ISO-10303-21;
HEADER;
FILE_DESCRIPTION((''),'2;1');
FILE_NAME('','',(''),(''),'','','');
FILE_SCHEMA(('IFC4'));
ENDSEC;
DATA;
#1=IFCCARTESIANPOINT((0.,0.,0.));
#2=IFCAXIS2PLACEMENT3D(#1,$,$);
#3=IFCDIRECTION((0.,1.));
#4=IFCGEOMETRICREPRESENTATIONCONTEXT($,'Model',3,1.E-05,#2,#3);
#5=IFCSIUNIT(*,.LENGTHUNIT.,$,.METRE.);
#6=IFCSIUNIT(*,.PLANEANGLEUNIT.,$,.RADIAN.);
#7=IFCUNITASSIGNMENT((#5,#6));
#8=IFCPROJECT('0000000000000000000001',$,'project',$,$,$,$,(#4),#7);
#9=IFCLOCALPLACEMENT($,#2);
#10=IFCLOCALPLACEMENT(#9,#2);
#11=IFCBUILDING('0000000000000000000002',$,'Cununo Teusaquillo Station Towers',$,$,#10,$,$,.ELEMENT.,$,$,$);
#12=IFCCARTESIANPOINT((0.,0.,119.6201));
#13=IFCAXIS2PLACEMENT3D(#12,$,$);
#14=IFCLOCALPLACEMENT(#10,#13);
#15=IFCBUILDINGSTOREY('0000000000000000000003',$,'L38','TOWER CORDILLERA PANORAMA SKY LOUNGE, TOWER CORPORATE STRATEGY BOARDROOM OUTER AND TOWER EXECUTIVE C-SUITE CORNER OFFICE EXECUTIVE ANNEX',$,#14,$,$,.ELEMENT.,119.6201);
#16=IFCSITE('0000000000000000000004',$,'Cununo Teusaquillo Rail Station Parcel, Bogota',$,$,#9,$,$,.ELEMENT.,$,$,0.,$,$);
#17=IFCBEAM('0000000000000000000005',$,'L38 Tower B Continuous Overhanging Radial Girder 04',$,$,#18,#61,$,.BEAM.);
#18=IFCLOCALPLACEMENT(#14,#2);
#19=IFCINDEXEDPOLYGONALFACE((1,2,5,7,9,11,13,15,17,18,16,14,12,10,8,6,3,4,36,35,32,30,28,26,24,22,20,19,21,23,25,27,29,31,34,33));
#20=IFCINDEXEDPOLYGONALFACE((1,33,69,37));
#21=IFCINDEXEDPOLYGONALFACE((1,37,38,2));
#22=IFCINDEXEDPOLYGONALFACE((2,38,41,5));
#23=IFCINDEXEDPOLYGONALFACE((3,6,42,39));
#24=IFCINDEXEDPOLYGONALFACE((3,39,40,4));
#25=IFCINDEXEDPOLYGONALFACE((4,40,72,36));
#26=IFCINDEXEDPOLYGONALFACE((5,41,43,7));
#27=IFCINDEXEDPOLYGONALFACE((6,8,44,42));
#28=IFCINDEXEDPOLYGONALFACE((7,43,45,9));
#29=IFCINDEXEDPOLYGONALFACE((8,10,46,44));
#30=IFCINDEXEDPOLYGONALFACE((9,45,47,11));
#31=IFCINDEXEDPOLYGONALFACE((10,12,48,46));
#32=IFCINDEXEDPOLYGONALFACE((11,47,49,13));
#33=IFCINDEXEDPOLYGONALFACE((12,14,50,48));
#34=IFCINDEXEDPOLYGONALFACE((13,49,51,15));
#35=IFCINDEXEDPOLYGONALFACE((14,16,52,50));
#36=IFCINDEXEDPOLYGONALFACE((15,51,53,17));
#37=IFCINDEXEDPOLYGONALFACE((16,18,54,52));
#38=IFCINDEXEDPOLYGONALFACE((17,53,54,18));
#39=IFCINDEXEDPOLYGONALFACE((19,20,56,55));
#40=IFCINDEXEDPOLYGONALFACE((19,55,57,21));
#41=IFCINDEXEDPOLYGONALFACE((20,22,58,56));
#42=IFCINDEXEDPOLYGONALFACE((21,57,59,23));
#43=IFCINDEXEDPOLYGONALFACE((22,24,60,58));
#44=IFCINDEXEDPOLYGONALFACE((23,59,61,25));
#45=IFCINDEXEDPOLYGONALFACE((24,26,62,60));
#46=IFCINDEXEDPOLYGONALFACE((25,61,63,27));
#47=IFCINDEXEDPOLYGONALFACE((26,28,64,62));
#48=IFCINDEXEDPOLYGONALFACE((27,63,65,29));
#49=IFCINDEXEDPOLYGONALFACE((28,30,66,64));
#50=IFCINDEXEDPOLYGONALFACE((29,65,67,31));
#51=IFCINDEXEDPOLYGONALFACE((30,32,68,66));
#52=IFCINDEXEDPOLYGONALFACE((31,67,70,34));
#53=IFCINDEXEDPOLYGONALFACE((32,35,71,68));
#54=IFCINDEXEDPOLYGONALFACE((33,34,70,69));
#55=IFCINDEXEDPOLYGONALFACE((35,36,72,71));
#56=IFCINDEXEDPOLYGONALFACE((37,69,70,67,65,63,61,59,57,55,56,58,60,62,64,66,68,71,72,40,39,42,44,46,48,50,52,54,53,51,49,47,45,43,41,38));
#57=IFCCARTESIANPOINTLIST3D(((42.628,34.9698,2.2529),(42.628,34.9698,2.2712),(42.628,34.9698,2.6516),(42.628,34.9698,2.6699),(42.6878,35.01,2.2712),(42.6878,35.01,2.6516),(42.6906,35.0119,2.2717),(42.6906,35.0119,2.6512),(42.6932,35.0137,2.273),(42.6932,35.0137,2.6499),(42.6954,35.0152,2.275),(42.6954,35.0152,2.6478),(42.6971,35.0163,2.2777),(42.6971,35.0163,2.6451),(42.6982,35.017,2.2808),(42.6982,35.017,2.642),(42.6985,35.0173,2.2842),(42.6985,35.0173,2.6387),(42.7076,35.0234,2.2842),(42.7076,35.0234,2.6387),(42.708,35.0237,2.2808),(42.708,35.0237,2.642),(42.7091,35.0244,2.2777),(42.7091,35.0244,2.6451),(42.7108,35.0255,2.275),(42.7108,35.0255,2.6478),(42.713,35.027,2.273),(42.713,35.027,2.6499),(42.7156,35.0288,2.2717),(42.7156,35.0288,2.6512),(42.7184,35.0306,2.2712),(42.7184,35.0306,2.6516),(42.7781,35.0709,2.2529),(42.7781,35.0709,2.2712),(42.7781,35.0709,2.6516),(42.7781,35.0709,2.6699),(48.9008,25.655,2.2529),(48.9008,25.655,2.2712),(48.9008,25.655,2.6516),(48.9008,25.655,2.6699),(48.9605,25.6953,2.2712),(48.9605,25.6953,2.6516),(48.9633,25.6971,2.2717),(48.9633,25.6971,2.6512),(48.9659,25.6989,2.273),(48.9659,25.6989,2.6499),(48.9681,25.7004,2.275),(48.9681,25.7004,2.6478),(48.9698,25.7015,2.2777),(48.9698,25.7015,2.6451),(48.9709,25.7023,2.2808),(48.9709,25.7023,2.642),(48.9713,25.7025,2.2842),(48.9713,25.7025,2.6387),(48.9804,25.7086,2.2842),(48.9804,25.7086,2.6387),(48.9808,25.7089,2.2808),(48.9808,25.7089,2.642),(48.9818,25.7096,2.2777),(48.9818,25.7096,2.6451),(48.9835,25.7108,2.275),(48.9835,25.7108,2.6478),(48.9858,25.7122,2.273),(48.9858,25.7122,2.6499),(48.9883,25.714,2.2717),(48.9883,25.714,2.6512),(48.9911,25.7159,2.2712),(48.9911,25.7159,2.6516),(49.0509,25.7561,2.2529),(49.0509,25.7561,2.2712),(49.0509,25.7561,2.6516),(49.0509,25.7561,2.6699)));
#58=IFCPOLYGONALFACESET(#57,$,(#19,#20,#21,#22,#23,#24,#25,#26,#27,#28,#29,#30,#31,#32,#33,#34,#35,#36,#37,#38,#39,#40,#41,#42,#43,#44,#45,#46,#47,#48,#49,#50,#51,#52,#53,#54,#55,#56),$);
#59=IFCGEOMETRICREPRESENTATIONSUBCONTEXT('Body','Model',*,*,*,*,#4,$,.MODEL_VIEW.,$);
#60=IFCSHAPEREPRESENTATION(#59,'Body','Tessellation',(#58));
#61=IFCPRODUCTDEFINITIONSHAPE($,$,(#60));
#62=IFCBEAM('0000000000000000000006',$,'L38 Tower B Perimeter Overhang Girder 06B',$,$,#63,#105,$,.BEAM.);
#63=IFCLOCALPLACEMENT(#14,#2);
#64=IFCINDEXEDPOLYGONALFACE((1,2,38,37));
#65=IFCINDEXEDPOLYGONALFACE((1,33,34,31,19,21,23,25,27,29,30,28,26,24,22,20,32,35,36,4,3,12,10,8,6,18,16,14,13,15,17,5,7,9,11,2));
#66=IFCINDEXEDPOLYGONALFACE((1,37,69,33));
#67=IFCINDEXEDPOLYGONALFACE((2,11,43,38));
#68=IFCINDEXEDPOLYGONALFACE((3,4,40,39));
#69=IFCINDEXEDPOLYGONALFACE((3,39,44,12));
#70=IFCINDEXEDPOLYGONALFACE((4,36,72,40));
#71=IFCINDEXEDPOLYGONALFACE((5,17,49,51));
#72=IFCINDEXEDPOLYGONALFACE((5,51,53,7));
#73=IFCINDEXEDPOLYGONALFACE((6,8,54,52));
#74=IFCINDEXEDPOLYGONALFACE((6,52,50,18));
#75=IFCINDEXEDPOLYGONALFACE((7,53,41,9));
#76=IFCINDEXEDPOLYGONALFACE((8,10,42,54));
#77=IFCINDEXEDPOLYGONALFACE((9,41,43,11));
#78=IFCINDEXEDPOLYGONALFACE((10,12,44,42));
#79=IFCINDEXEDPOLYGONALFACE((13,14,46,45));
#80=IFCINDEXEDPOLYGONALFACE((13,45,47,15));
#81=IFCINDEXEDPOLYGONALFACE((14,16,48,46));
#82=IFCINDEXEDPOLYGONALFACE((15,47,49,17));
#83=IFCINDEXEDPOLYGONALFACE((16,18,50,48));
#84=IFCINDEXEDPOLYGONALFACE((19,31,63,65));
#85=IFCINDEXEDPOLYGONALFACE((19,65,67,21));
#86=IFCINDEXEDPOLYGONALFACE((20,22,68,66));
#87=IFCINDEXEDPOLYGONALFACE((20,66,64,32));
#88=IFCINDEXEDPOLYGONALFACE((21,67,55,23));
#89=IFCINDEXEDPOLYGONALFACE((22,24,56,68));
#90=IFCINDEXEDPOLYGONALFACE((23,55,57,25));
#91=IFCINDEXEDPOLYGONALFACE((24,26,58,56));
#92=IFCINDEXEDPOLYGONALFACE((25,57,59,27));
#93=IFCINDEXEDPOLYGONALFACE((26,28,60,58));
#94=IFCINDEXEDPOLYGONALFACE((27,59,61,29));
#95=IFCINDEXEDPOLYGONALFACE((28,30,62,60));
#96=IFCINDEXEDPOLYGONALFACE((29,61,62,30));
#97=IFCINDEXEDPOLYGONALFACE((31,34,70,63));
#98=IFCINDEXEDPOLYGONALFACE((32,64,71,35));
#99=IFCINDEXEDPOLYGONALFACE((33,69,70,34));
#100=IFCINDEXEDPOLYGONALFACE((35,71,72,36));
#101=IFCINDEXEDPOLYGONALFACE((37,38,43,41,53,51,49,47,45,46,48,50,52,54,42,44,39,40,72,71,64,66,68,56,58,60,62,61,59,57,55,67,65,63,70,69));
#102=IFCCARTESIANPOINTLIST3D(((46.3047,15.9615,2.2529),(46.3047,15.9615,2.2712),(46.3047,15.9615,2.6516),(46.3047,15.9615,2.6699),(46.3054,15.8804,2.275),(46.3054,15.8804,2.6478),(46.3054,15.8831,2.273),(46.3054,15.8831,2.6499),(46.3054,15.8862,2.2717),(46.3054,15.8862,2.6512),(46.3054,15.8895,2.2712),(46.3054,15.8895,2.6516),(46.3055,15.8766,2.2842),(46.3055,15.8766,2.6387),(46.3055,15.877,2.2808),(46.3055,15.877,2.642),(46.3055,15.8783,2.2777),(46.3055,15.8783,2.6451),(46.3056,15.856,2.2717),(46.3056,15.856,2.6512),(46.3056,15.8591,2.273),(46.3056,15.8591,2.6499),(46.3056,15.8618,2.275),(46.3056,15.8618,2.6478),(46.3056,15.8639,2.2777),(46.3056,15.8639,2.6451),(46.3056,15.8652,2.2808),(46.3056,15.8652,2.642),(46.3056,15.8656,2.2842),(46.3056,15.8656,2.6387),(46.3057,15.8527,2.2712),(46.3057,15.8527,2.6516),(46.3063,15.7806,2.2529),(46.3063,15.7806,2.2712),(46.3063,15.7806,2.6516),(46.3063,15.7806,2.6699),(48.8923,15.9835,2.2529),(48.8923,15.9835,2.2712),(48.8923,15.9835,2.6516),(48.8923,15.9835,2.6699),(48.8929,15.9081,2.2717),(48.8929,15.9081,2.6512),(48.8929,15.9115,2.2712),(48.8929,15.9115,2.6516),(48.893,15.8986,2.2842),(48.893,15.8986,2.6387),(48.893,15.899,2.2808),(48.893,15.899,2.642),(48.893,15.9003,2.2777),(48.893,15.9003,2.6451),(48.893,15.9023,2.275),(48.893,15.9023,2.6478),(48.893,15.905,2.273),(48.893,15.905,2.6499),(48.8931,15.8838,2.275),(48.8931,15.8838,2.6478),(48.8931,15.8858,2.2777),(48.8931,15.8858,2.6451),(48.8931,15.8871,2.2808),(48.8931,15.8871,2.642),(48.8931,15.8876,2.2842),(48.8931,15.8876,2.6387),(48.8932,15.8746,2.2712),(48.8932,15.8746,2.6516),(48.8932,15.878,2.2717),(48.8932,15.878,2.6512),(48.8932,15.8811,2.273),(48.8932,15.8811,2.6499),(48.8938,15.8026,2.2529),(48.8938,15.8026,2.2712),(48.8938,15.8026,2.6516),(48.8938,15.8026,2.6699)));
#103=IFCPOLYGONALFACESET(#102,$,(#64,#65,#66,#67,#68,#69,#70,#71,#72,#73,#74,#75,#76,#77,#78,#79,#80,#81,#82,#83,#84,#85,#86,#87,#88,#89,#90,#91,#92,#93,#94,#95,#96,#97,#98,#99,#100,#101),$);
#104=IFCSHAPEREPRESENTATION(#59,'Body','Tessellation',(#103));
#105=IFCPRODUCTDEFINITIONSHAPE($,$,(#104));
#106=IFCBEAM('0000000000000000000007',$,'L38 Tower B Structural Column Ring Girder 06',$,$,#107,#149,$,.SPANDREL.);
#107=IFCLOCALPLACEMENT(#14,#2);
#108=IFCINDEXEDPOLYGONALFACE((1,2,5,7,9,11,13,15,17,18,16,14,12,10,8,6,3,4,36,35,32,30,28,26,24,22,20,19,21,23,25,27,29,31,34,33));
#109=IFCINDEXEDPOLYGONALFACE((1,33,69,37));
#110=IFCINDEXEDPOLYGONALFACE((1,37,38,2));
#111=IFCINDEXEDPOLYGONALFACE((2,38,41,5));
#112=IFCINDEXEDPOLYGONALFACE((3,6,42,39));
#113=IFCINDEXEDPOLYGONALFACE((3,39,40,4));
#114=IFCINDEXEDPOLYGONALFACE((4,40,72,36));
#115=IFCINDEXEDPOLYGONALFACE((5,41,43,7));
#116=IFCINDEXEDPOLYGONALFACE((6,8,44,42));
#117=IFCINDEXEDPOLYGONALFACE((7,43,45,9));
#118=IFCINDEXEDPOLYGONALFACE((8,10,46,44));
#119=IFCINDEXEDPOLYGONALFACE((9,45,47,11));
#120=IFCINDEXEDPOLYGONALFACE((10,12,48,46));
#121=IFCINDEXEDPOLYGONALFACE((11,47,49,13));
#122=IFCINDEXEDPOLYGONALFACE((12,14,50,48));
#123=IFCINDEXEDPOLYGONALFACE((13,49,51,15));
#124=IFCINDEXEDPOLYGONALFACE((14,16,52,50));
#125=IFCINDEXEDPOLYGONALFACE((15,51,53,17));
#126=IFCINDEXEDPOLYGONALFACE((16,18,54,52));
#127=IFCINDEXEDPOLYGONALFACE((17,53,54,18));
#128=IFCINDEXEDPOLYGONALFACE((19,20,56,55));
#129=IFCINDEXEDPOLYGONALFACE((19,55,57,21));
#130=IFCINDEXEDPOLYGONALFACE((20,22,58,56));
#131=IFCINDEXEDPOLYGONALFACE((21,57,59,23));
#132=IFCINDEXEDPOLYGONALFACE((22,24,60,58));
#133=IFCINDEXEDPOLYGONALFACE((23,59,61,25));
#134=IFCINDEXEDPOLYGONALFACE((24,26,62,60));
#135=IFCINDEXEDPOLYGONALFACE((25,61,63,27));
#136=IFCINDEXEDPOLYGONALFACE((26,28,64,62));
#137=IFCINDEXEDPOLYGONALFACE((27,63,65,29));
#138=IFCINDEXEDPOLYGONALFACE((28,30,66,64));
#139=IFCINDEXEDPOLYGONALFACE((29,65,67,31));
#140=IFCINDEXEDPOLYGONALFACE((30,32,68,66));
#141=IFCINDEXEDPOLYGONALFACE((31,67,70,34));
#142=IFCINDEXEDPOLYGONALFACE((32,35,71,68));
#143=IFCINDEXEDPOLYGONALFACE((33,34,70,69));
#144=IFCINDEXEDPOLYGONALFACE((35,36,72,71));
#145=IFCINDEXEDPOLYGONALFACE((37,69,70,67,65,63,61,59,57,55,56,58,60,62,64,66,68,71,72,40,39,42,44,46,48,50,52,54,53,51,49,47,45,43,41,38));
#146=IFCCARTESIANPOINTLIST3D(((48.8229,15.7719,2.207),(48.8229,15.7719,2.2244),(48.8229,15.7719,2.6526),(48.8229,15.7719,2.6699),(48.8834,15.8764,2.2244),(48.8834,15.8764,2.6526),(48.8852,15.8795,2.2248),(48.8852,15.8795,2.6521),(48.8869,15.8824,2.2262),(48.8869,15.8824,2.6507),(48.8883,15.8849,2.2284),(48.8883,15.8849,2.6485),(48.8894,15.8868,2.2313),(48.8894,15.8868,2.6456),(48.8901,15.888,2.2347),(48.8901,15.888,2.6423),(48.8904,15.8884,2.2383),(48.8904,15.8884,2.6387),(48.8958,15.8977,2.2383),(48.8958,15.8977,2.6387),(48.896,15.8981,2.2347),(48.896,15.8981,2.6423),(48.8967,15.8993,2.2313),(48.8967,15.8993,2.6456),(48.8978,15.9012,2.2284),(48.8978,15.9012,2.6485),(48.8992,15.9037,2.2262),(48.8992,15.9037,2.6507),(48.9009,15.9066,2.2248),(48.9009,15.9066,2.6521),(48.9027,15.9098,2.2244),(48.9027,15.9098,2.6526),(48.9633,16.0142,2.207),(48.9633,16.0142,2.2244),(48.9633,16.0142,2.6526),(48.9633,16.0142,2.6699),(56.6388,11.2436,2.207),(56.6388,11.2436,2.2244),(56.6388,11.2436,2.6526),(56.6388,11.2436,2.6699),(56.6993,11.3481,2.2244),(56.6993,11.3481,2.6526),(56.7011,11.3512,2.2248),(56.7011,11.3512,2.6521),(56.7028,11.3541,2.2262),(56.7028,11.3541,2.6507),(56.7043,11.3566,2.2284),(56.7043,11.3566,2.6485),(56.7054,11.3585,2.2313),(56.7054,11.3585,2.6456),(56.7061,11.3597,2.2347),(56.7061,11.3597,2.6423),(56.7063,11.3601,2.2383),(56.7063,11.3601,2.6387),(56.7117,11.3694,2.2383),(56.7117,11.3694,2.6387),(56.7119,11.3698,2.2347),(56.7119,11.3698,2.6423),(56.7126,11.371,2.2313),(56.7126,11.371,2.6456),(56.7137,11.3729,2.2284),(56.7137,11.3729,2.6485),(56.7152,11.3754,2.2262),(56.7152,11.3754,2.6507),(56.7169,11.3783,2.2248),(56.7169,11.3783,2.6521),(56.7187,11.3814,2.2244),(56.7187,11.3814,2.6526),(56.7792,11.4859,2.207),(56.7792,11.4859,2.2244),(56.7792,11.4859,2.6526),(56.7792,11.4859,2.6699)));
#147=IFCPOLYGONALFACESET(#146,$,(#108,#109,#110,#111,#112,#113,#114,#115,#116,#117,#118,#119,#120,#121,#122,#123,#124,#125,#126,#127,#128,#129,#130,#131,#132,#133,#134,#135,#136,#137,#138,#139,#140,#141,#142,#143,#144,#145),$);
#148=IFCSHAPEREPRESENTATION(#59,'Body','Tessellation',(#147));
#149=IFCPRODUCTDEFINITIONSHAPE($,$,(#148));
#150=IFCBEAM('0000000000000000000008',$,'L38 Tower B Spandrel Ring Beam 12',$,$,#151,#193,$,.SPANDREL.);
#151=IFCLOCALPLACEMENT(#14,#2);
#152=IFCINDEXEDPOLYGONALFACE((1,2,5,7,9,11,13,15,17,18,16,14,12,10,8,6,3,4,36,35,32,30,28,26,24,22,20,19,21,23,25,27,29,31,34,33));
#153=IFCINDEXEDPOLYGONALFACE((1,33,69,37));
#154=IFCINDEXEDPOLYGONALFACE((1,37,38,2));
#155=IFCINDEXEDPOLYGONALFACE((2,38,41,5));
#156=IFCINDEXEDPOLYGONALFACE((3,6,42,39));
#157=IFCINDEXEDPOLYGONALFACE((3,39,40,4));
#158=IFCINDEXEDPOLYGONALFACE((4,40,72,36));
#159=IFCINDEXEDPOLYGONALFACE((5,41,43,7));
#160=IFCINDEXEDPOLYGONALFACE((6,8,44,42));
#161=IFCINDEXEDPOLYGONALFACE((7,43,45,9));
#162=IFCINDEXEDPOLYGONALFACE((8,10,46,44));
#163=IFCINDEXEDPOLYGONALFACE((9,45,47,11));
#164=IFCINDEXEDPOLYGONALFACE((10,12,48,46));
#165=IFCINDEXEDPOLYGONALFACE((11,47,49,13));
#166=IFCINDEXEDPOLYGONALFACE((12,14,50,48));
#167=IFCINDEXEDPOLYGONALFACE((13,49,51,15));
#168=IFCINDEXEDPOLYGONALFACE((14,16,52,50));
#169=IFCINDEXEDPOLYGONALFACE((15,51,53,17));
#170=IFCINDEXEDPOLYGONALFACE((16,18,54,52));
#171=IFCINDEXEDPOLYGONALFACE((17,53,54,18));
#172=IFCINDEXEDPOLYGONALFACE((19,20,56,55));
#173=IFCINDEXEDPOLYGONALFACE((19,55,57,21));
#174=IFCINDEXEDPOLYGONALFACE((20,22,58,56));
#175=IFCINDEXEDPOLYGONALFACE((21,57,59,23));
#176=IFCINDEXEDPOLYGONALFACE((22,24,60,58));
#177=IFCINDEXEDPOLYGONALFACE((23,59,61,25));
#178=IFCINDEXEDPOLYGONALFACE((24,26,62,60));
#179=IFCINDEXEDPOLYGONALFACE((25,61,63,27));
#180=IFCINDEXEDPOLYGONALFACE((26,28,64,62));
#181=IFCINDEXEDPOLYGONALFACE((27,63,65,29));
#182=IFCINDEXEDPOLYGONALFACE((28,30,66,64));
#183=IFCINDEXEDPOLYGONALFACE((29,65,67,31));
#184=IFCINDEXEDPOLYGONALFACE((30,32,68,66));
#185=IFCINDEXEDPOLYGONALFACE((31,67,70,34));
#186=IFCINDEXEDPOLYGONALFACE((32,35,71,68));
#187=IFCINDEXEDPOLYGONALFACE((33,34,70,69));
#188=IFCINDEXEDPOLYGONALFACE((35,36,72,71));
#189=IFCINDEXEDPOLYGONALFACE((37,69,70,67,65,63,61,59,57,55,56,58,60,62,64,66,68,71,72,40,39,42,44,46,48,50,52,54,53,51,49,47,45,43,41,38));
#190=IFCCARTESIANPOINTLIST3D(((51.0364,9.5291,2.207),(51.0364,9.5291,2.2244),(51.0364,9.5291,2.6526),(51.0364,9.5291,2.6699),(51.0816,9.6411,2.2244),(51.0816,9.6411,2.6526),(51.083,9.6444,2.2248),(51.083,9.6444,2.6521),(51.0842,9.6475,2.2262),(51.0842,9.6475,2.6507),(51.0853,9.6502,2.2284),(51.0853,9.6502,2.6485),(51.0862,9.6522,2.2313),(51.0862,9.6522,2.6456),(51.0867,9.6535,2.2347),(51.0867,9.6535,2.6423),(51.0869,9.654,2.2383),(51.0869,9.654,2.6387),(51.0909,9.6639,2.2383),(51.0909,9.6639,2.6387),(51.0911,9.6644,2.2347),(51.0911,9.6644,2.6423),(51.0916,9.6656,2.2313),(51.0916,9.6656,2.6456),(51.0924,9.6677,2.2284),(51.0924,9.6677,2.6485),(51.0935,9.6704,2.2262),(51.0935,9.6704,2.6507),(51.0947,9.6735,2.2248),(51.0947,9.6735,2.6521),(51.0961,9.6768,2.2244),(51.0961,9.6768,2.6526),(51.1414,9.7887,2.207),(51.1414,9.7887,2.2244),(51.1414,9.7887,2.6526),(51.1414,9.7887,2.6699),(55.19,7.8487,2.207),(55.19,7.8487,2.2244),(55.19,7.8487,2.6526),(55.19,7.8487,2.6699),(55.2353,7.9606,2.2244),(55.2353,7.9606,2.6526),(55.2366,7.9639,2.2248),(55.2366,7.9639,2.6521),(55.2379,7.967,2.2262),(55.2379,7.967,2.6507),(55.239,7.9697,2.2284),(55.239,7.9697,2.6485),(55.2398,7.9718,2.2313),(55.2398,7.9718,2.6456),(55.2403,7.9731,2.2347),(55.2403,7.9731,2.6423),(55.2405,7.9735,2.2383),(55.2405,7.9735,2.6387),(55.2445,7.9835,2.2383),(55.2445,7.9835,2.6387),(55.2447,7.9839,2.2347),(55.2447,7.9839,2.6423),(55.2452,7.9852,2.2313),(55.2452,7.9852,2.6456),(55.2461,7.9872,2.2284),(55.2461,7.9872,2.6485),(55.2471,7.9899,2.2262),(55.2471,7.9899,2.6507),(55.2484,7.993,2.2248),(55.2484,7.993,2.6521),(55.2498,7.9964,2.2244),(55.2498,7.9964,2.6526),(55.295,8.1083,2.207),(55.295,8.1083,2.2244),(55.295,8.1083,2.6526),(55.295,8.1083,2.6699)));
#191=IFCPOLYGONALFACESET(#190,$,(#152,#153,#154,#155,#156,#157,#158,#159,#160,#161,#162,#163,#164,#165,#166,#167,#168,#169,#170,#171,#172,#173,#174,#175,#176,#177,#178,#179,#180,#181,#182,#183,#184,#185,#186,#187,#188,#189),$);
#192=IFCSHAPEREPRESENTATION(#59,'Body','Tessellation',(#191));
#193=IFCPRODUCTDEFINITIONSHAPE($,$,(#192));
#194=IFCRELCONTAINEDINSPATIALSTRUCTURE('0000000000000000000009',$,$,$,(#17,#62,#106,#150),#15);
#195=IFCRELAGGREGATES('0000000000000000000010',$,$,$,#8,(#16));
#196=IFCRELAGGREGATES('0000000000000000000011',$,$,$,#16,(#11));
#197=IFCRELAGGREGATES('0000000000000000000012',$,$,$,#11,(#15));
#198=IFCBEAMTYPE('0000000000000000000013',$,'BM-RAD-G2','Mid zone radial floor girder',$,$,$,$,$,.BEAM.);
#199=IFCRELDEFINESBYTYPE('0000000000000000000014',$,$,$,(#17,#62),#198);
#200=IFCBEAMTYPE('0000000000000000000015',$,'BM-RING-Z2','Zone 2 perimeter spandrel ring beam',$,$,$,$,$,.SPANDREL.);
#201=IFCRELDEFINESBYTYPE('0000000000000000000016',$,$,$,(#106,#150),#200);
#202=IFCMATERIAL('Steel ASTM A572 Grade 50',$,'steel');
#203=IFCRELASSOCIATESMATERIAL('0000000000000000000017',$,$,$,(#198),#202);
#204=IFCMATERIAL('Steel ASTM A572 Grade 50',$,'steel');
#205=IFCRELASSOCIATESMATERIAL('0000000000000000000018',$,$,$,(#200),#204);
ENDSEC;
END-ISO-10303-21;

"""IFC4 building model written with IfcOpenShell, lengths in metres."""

from ifc_helpers import new_model, si_unit, direction, frame, origin, origin_2d, place, context, subcontext, project, spatial, i_section, extrude, material, material_profile, profile_set, type_object, element, save


model = new_model("IFC4")

# Units and contexts
model_context = context("Model", 3, precision=1e-05, world=origin(), true_north=direction((0.0, 1.0)))
body_context = subcontext(model_context, "Body", "Model", "MODEL_VIEW")
ifc_project = project(units=[si_unit("LENGTHUNIT", "METRE"), si_unit("PLANEANGLEUNIT", "RADIAN")], contexts=[model_context])

# Site, building, storey
site_placement = place(None, origin())
site = spatial("IfcSite", under=ifc_project, at=site_placement, Name="Cununo Teusaquillo Rail Station Parcel, Bogota", CompositionType="ELEMENT", RefElevation=0.0)
building_placement = place(site_placement, origin())
building = spatial("IfcBuilding", under=site, at=building_placement, Name="Cununo Teusaquillo Station Towers", CompositionType="ELEMENT")
storey_placement = place(building_placement, frame((0.0, 0.0, 119.6201)))
storey = spatial("IfcBuildingStorey", under=building, at=storey_placement, Name="L38", Description="TOWER CORDILLERA PANORAMA SKY LOUNGE, TOWER CORPORATE STRATEGY BOARDROOM OUTER AND TOWER EXECUTIVE C-SUITE CORNER OFFICE EXECUTIVE ANNEX", CompositionType="ELEMENT", Elevation=119.6201)

# Beams
ifc_material_1 = material(Name="Steel ASTM A572 Grade 50", Category="steel")
ifc_material_profile_1 = material_profile(ifc_material_1, i_section(OverallWidth=0.1809, OverallDepth=0.417, WebThickness=0.011, FlangeThickness=0.0183, FilletRadius=0.0129, at=origin_2d()), Name="W16X57")
ifc_profile_set_1 = profile_set([ifc_material_profile_1], Name="Steel ASTM A572 Grade 50")
beam_type_1 = type_object("IfcBeamType", Name="BM-RAD-G2", Description="Mid zone radial floor girder", PredefinedType="BEAM", material=ifc_profile_set_1)
beam_1_placement = place(storey_placement, frame((48.9758, 25.7056, 2.4614), z_axis=(-0.558572, 0.829456, 0.0), x_axis=(-0.829456, -0.558572, 0.0)))
element("IfcBeam", 1, at=beam_1_placement, inside=storey, type_object=beam_type_1, Name="L38 Tower B Continuous Overhanging Radial Girder 04", PredefinedType="BEAM", context=body_context, shape_type="SweptSolid", body=[
    extrude(i_section(OverallWidth=0.1809, OverallDepth=0.417, WebThickness=0.011, FlangeThickness=0.0183, FilletRadius=0.0129, at=origin_2d()), origin(), (0.0, 0.0, 1.0), 11.23),
])
beam_2_placement = place(storey_placement, frame((48.8931, 15.8931, 2.4614), z_axis=(-0.999964, -0.008491, 0.0), x_axis=(0.008491, -0.999964, 0.0)))
element("IfcBeam", 2, at=beam_2_placement, inside=storey, type_object=beam_type_1, Name="L38 Tower B Perimeter Overhang Girder 06B", PredefinedType="BEAM", context=body_context, shape_type="SweptSolid", body=[
    extrude(i_section(OverallWidth=0.1809, OverallDepth=0.417, WebThickness=0.011, FlangeThickness=0.0183, FilletRadius=0.0129, at=origin_2d()), origin(), (0.0, 0.0, 1.0), 2.5876),
])
ifc_material_2 = material(Name="Steel ASTM A572 Grade 50", Category="steel")
ifc_material_profile_2 = material_profile(ifc_material_2, i_section(OverallWidth=0.28, OverallDepth=0.4629, WebThickness=0.0107, FlangeThickness=0.0173, FilletRadius=0.0139, at=origin_2d()), Name="W18X76")
ifc_profile_set_2 = profile_set([ifc_material_profile_2], Name="Steel ASTM A572 Grade 50")
beam_type_2 = type_object("IfcBeamType", Name="BM-RING-Z2", Description="Zone 2 perimeter spandrel ring beam", PredefinedType="SPANDREL", material=ifc_profile_set_2)
beam_3_placement = place(storey_placement, frame((48.8931, 15.8931, 2.4385), z_axis=(0.865267, -0.501311, 0.0), x_axis=(0.501311, 0.865267, 0.0)))
element("IfcBeam", 3, at=beam_3_placement, inside=storey, type_object=beam_type_2, Name="L38 Tower B Structural Column Ring Girder 06", PredefinedType="SPANDREL", context=body_context, shape_type="SweptSolid", body=[
    extrude(i_section(OverallWidth=0.28, OverallDepth=0.4629, WebThickness=0.0107, FlangeThickness=0.0173, FilletRadius=0.0139, at=origin_2d()), origin(), (0.0, 0.0, 1.0), 9.033),
])
beam_4_placement = place(storey_placement, frame((51.0889, 9.6589, 2.4385), z_axis=(0.927008, -0.375042, 0.0), x_axis=(0.375042, 0.927008, 0.0)))
element("IfcBeam", 4, at=beam_4_placement, inside=storey, type_object=beam_type_2, Name="L38 Tower B Spandrel Ring Beam 12", PredefinedType="SPANDREL", context=body_context, shape_type="SweptSolid", body=[
    extrude(i_section(OverallWidth=0.28, OverallDepth=0.4629, WebThickness=0.0107, FlangeThickness=0.0173, FilletRadius=0.0139, at=origin_2d()), origin(), (0.0, 0.0, 1.0), 4.4807),
])

save(model, "model.ifc")
